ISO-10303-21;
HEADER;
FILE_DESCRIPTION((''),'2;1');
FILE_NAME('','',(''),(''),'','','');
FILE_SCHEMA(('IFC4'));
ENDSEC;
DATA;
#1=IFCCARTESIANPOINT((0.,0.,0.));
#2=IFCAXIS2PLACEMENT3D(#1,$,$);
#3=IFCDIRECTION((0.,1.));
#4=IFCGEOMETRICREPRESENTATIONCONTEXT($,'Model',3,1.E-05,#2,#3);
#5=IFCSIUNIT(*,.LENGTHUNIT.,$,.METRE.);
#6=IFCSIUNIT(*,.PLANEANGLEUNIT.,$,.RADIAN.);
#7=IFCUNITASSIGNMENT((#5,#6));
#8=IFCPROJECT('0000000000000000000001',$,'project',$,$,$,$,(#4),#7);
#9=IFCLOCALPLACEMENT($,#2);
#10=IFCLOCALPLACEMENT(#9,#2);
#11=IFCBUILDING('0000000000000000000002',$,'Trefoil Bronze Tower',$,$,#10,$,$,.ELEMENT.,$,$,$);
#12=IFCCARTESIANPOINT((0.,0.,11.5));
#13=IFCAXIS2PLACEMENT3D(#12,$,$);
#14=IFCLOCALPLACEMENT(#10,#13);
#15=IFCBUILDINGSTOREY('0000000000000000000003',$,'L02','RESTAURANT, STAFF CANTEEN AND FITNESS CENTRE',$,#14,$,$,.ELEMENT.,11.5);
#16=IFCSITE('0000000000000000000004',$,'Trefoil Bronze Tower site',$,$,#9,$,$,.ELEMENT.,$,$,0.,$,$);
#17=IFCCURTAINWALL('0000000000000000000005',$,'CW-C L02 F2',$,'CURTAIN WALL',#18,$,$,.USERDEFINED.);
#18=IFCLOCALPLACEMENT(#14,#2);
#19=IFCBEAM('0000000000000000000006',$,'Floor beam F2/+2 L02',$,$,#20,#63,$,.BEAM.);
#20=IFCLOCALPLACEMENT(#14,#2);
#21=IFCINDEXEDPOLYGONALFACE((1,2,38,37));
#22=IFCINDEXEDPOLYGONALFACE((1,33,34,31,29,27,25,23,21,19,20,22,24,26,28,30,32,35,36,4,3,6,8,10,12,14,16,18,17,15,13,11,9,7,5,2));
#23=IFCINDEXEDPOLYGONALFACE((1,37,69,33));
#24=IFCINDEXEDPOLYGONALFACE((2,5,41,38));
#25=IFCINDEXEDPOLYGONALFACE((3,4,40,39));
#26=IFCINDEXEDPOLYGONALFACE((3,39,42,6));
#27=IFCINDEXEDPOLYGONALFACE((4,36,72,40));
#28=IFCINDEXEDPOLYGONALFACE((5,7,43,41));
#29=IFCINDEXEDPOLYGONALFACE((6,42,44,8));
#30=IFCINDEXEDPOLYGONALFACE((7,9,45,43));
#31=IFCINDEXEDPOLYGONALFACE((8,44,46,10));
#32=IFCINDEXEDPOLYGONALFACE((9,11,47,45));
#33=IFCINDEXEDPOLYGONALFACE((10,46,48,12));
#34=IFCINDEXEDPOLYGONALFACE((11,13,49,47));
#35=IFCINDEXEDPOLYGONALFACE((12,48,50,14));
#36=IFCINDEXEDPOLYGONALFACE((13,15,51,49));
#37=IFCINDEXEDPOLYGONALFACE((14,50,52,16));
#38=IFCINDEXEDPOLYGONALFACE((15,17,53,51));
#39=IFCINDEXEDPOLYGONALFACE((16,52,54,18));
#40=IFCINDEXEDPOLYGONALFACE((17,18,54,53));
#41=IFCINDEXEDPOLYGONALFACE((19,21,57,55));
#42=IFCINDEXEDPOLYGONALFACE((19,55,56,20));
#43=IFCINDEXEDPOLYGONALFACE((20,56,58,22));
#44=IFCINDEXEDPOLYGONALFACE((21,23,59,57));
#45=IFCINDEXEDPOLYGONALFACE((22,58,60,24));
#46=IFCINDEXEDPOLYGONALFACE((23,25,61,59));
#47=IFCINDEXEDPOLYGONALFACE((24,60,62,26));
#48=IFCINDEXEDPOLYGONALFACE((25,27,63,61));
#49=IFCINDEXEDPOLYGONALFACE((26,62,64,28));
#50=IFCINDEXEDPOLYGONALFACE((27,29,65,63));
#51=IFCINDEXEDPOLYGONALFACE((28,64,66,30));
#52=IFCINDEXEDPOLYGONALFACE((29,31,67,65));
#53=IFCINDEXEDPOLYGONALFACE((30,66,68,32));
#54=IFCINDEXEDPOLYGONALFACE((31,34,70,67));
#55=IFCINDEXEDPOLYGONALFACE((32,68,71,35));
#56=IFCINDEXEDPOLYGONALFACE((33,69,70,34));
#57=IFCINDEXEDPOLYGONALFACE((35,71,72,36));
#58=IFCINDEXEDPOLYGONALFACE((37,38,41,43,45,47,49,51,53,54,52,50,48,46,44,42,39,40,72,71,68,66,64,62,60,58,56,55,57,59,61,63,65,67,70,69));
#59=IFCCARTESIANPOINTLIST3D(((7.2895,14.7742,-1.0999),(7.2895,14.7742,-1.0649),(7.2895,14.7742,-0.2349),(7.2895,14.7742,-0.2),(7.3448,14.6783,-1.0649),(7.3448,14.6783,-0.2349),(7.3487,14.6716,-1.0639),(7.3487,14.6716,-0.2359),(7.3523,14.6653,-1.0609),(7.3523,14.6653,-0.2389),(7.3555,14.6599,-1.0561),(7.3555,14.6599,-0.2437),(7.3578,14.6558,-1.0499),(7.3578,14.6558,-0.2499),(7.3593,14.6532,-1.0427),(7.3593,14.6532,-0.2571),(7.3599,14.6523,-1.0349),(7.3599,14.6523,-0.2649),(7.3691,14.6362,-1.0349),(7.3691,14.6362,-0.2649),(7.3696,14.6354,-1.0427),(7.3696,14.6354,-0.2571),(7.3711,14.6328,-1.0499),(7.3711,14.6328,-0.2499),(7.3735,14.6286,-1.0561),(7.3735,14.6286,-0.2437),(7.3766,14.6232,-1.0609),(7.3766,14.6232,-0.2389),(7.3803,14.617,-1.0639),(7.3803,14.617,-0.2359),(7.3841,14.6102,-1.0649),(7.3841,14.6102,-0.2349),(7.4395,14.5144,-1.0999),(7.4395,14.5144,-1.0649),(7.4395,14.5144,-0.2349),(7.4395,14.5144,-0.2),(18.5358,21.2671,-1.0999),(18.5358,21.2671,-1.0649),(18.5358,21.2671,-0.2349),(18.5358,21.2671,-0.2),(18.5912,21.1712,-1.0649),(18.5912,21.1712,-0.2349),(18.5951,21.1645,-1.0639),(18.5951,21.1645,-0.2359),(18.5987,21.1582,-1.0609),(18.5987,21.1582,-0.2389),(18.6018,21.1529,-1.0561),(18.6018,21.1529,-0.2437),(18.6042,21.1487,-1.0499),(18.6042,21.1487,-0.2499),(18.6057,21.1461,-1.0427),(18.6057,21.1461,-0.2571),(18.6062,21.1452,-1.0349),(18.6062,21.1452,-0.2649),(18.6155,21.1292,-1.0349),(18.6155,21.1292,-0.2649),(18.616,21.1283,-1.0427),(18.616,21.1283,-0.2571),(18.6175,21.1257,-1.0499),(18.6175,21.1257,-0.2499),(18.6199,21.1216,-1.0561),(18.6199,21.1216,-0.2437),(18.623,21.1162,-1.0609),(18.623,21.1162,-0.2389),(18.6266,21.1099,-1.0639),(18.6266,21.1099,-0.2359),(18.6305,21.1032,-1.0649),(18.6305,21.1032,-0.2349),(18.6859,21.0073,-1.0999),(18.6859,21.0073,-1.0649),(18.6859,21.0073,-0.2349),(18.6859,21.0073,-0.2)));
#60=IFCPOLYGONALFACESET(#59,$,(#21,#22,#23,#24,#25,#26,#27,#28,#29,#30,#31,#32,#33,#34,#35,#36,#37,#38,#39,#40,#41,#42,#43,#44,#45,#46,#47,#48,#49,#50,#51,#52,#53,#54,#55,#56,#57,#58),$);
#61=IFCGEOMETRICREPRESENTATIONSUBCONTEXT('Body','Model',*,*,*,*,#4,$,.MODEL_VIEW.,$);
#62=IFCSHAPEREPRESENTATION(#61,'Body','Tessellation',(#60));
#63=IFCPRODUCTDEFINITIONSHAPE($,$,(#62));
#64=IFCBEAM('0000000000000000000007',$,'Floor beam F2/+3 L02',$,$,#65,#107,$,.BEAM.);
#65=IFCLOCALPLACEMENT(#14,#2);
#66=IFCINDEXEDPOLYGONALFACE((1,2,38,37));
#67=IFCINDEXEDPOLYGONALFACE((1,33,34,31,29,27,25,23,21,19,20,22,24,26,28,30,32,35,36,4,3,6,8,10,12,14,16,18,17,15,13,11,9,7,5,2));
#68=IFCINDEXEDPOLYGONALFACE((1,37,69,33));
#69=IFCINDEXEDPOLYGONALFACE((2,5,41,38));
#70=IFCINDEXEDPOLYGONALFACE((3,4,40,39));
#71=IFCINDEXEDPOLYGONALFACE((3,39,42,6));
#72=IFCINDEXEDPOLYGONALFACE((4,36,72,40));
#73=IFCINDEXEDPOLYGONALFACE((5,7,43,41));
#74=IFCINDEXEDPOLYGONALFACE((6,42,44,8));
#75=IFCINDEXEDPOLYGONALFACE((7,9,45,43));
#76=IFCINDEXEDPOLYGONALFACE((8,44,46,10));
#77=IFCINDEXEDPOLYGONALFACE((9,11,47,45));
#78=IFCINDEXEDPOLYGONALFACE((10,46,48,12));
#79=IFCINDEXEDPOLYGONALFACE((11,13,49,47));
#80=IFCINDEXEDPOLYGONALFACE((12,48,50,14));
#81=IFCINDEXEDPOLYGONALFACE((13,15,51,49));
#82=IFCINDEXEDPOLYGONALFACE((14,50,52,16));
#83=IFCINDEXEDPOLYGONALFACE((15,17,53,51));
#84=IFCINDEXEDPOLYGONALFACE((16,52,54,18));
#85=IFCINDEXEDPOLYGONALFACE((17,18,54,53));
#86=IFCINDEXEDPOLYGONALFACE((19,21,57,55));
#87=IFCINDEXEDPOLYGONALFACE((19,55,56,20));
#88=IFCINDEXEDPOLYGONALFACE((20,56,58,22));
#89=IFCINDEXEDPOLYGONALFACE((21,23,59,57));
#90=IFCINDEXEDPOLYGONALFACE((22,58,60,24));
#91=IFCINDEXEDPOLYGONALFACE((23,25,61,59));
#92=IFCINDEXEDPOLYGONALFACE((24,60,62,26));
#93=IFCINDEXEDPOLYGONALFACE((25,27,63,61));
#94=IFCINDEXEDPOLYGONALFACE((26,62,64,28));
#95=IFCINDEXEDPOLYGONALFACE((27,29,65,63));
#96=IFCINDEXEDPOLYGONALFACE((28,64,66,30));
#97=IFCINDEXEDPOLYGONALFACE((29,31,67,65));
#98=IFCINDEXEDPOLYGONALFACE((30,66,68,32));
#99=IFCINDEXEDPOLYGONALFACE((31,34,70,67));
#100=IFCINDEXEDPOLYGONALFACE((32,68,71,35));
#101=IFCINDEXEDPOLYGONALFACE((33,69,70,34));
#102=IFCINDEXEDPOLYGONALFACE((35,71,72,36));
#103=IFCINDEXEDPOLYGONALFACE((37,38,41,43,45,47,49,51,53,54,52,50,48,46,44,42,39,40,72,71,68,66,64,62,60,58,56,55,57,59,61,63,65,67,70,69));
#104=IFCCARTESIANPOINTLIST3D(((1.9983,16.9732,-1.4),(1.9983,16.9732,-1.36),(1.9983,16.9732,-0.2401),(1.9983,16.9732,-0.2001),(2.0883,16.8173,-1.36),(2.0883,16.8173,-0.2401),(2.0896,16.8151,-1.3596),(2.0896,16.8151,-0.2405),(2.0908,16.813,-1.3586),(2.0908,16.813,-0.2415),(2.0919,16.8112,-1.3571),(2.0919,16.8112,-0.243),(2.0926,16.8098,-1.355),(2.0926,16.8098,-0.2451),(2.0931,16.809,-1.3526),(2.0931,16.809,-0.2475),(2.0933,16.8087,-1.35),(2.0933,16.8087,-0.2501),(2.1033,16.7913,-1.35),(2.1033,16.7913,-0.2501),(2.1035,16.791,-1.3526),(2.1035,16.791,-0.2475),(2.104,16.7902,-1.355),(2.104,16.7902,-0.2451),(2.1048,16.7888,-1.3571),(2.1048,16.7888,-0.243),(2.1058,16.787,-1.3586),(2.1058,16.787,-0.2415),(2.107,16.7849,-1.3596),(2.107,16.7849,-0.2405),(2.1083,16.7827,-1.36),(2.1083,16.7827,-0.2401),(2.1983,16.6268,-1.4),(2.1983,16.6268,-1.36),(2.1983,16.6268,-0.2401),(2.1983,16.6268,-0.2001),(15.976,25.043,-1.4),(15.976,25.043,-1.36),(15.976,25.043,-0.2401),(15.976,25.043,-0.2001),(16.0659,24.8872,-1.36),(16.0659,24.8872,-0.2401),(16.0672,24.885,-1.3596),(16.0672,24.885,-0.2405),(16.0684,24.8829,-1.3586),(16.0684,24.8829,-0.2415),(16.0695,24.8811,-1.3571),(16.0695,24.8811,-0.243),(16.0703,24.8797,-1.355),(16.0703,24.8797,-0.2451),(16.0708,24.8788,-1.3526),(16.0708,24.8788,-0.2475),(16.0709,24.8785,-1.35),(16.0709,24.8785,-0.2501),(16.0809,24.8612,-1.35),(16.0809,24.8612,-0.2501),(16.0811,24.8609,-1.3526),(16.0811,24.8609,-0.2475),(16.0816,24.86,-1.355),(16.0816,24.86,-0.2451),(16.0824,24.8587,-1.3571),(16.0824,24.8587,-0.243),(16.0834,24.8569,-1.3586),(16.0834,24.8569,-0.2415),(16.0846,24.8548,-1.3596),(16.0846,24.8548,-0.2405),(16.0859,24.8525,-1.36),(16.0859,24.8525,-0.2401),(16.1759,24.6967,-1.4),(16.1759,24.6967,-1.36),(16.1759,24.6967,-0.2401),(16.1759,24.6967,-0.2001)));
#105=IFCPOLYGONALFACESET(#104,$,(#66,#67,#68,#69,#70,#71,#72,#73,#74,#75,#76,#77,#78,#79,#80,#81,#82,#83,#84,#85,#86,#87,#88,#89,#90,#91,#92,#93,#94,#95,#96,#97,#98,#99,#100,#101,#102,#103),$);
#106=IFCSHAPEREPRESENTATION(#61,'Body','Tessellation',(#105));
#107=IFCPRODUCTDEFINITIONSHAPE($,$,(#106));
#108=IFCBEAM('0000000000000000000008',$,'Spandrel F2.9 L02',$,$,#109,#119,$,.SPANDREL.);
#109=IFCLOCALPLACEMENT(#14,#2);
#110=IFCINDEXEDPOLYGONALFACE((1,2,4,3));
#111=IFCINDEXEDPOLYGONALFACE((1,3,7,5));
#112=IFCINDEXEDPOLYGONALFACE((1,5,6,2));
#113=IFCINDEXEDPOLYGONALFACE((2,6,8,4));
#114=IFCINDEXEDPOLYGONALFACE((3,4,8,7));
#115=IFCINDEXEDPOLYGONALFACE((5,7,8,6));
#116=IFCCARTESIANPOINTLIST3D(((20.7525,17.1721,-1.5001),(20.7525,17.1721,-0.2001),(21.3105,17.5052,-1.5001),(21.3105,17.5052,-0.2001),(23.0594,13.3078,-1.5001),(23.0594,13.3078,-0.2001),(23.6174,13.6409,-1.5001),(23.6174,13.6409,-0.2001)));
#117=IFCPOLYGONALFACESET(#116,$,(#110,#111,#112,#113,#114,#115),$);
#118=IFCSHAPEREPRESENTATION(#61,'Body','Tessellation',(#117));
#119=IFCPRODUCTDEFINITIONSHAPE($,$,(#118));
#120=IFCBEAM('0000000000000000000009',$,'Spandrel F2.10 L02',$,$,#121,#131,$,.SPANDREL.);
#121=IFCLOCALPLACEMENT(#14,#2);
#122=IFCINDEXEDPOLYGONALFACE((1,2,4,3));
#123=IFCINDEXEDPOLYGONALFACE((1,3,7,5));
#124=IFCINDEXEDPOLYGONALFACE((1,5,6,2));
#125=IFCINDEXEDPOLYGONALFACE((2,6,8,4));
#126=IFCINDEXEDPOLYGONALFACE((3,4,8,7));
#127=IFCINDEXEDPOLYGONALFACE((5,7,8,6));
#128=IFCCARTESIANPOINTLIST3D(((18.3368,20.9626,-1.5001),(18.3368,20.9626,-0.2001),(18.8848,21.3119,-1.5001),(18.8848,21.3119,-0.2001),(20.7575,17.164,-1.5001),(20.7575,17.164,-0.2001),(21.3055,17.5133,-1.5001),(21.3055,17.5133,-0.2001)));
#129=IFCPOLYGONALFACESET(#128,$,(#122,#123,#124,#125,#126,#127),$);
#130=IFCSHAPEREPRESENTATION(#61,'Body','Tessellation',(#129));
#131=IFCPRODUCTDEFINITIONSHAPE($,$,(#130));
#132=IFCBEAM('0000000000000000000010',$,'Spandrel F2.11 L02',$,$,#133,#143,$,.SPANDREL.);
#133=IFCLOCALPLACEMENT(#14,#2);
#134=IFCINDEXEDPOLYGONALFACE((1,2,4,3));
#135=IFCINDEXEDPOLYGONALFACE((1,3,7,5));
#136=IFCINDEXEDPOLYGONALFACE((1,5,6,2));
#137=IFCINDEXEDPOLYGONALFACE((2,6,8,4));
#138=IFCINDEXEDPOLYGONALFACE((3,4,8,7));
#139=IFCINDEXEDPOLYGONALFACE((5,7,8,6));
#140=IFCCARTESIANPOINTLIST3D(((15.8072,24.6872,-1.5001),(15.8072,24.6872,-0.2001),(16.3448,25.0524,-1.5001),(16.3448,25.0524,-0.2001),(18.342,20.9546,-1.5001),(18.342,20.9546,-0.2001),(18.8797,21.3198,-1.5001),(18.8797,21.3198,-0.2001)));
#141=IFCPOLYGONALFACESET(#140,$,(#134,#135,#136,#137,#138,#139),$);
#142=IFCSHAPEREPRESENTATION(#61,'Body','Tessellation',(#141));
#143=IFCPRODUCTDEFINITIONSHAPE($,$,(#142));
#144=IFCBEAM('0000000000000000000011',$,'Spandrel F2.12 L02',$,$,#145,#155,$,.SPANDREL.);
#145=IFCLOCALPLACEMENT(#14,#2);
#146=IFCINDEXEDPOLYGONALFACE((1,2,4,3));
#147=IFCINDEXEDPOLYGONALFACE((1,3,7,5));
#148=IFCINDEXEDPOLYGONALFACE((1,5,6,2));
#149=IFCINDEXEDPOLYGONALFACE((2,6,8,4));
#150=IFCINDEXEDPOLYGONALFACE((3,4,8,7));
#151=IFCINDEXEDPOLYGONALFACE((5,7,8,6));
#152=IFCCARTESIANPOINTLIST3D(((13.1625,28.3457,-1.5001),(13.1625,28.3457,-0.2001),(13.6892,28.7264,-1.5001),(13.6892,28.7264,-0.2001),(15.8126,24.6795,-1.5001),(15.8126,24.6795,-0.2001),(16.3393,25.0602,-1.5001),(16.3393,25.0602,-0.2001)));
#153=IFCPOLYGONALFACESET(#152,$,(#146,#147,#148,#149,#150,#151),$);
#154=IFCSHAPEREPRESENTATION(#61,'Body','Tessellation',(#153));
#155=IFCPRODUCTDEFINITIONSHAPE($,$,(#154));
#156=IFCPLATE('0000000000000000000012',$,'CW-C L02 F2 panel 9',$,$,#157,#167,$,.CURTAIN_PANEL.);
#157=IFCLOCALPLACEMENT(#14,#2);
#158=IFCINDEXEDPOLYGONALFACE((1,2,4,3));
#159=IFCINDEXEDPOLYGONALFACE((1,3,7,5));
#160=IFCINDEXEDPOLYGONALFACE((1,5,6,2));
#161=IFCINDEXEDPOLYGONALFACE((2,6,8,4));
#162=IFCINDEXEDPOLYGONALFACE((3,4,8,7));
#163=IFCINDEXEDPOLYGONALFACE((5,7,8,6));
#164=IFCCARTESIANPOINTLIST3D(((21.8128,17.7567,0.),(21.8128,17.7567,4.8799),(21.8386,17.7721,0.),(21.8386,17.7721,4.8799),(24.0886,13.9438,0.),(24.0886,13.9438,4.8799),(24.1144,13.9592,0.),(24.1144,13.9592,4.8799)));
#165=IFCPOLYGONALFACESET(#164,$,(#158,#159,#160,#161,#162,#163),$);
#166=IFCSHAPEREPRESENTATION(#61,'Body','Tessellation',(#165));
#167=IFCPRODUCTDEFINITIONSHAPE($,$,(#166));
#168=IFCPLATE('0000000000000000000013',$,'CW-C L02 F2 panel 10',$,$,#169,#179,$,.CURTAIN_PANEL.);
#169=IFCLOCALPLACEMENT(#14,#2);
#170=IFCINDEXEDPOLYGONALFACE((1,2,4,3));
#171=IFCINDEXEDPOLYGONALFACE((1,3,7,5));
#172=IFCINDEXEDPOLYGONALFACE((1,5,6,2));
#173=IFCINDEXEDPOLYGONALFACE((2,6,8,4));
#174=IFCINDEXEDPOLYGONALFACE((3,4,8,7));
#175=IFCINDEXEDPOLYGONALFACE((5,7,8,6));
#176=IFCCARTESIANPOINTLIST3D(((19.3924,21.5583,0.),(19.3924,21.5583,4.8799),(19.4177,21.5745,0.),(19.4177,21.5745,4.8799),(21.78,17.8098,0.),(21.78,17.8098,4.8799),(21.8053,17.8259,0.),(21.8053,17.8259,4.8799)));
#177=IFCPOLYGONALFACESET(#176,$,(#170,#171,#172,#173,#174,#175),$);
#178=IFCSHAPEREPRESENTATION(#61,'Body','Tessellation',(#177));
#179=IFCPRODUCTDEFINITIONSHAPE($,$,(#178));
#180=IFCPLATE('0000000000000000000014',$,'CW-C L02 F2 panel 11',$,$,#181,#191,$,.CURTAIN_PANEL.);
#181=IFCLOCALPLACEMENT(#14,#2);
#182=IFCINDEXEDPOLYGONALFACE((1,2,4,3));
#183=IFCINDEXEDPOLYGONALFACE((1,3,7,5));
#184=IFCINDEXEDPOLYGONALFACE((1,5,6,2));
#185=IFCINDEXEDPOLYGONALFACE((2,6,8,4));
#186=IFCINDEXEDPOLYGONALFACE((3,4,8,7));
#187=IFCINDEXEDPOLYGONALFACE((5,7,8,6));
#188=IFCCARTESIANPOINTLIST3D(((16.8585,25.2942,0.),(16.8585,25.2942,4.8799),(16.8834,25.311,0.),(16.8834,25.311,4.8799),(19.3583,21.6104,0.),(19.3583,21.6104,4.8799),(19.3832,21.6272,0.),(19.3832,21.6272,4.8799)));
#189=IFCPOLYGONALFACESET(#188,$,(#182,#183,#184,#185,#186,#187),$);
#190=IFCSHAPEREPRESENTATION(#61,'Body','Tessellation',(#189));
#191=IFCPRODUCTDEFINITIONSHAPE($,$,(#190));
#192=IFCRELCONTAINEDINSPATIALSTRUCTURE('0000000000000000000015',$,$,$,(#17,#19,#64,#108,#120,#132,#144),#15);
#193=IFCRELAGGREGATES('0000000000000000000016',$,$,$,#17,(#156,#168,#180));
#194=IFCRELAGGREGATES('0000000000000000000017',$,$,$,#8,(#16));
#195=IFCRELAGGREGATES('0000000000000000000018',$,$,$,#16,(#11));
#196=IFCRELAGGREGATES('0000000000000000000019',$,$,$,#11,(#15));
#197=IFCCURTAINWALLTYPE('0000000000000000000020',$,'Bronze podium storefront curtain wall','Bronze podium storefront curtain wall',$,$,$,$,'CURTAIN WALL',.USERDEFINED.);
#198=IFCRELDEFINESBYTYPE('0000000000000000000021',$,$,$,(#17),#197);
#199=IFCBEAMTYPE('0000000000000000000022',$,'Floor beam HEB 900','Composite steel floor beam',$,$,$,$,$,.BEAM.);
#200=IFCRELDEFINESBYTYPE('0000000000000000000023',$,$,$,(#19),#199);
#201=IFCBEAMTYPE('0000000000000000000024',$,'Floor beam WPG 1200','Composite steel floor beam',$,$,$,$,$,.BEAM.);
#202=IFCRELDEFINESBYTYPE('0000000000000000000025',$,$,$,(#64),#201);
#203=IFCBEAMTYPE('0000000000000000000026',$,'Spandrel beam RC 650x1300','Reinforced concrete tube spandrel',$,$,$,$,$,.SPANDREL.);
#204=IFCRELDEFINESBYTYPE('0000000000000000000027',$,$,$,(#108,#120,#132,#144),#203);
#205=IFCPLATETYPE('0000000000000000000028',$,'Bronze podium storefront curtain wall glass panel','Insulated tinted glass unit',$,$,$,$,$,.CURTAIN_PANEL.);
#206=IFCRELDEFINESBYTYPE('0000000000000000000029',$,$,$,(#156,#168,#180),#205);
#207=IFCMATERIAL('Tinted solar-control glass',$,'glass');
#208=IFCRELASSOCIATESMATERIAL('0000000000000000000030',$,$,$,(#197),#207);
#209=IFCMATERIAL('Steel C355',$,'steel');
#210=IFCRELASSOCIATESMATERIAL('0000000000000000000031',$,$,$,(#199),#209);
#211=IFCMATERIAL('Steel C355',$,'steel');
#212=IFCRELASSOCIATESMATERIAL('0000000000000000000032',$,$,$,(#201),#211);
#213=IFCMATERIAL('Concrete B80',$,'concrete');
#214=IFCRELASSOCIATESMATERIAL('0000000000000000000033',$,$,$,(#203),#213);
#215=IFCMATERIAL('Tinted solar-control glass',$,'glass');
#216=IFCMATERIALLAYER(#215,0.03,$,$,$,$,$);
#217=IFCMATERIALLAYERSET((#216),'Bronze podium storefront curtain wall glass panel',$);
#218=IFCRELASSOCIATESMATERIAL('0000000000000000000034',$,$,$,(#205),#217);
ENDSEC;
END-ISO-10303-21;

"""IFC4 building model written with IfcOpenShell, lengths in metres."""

from ifc_helpers import new_model, si_unit, direction, frame, origin, origin_2d, place, context, subcontext, project, spatial, rectangle, i_section, extrude, material, layer, layer_set, material_profile, profile_set, type_object, element, aggregate, save


model = new_model("IFC4")

# Units and contexts
model_context = context("Model", 3, precision=1e-05, world=origin(), true_north=direction((0.0, 1.0)))
body_context = subcontext(model_context, "Body", "Model", "MODEL_VIEW")
ifc_project = project(units=[si_unit("LENGTHUNIT", "METRE"), si_unit("PLANEANGLEUNIT", "RADIAN")], contexts=[model_context])

# Site, building, storey
site_placement = place(None, origin())
site = spatial("IfcSite", under=ifc_project, at=site_placement, Name="Trefoil Bronze Tower site", CompositionType="ELEMENT", RefElevation=0.0)
building_placement = place(site_placement, origin())
building = spatial("IfcBuilding", under=site, at=building_placement, Name="Trefoil Bronze Tower", CompositionType="ELEMENT")
storey_placement = place(building_placement, frame((0.0, 0.0, 11.5)))
storey = spatial("IfcBuildingStorey", under=building, at=storey_placement, Name="L02", Description="RESTAURANT, STAFF CANTEEN AND FITNESS CENTRE", CompositionType="ELEMENT", Elevation=11.5)

# Curtain wall
ifc_material_1 = material(Name="Tinted solar-control glass", Category="glass")
curtain_wall_type = type_object("IfcCurtainWallType", Name="Bronze podium storefront curtain wall", Description="Bronze podium storefront curtain wall", ElementType="CURTAIN WALL", PredefinedType="USERDEFINED", material=ifc_material_1)
curtain_wall_placement = place(storey_placement, origin())
curtain_wall = element("IfcCurtainWall", 1, at=curtain_wall_placement, inside=storey, type_object=curtain_wall_type, Name="CW-C L02 F2", ObjectType="CURTAIN WALL", PredefinedType="USERDEFINED")

# Beams
ifc_material_2 = material(Name="Steel C355", Category="steel")
ifc_material_profile_1 = material_profile(ifc_material_2, i_section(OverallWidth=0.3, OverallDepth=0.8999, WebThickness=0.0186, FlangeThickness=0.0349, FilletRadius=0.03, at=origin_2d()), Name="HEB 900")
ifc_profile_set_1 = profile_set([ifc_material_profile_1], Name="Steel C355")
beam_type_1 = type_object("IfcBeamType", Name="Floor beam HEB 900", Description="Composite steel floor beam", PredefinedType="BEAM", material=ifc_profile_set_1)
beam_1_placement = place(storey_placement, frame((18.6108, 21.1372, -0.6499), z_axis=(-0.866031, -0.499991, 0.0), x_axis=(0.499991, -0.866031, 0.0)))
element("IfcBeam", 2, at=beam_1_placement, inside=storey, type_object=beam_type_1, Name="Floor beam F2/+2 L02", PredefinedType="BEAM", context=body_context, shape_type="SweptSolid", body=[
    extrude(i_section(OverallWidth=0.3, OverallDepth=0.8999, WebThickness=0.0186, FlangeThickness=0.0349, FilletRadius=0.03, at=origin_2d()), origin(), (0.0, 0.0, 1.0), 12.9861),
])
ifc_material_3 = material(Name="Steel C355", Category="steel")
ifc_material_profile_2 = material_profile(ifc_material_3, i_section(OverallWidth=0.3999, OverallDepth=1.2, WebThickness=0.02, FlangeThickness=0.04, FilletRadius=0.01, at=origin_2d()), Name="WPG 1200")
ifc_profile_set_2 = profile_set([ifc_material_profile_2], Name="Steel C355")
beam_type_2 = type_object("IfcBeamType", Name="Floor beam WPG 1200", Description="Composite steel floor beam", PredefinedType="BEAM", material=ifc_profile_set_2)
beam_2_placement = place(storey_placement, frame((16.0759, 24.8699, -0.8), z_axis=(-0.866028, -0.499995, 0.0), x_axis=(0.499995, -0.866028, 0.0)))
element("IfcBeam", 3, at=beam_2_placement, inside=storey, type_object=beam_type_2, Name="Floor beam F2/+3 L02", PredefinedType="BEAM", context=body_context, shape_type="SweptSolid", body=[
    extrude(i_section(OverallWidth=0.3999, OverallDepth=1.2, WebThickness=0.02, FlangeThickness=0.04, FilletRadius=0.01, at=origin_2d()), origin(), (0.0, 0.0, 1.0), 16.1399),
])
ifc_material_4 = material(Name="Concrete B80", Category="concrete")
ifc_material_profile_3 = material_profile(ifc_material_4, rectangle(XDim=0.6499, YDim=1.3, at=origin_2d()), Name="RC 650x1300")
ifc_profile_set_3 = profile_set([ifc_material_profile_3], Name="Concrete B80")
beam_type_3 = type_object("IfcBeamType", Name="Spandrel beam RC 650x1300", Description="Reinforced concrete tube spandrel", PredefinedType="SPANDREL", material=ifc_profile_set_3)
beam_3_placement = place(storey_placement, frame((23.3384, 13.4744, -0.8501), z_axis=(-0.512588, 0.858635, 0.0), x_axis=(-0.858635, -0.512588, 0.0)))
element("IfcBeam", 4, at=beam_3_placement, inside=storey, type_object=beam_type_3, Name="Spandrel F2.9 L02", PredefinedType="SPANDREL", context=body_context, shape_type="SweptSolid", body=[
    extrude(rectangle(XDim=0.6499, YDim=1.3, at=origin_2d()), origin(), (0.0, 0.0, 1.0), 4.5005),
])
beam_4_placement = place(storey_placement, frame((21.0315, 17.3386, -0.8501), z_axis=(-0.537408, 0.843322, 0.0), x_axis=(-0.843322, -0.537408, 0.0)))
element("IfcBeam", 5, at=beam_4_placement, inside=storey, type_object=beam_type_3, Name="Spandrel F2.10 L02", PredefinedType="SPANDREL", context=body_context, shape_type="SweptSolid", body=[
    extrude(rectangle(XDim=0.6499, YDim=1.3, at=origin_2d()), origin(), (0.0, 0.0, 1.0), 4.5044),
])
beam_5_placement = place(storey_placement, frame((18.6108, 21.1372, -0.8501), z_axis=(-0.56181, 0.827267, 0.0), x_axis=(-0.827267, -0.56181, 0.0)))
element("IfcBeam", 6, at=beam_5_placement, inside=storey, type_object=beam_type_3, Name="Spandrel F2.11 L02", PredefinedType="SPANDREL", context=body_context, shape_type="SweptSolid", body=[
    extrude(rectangle(XDim=0.6499, YDim=1.3, at=origin_2d()), origin(), (0.0, 0.0, 1.0), 4.512),
])
beam_6_placement = place(storey_placement, frame((16.0759, 24.8699, -0.8501), z_axis=(-0.585824, 0.810439, 0.0), x_axis=(-0.810439, -0.585824, 0.0)))
element("IfcBeam", 7, at=beam_6_placement, inside=storey, type_object=beam_type_3, Name="Spandrel F2.12 L02", PredefinedType="SPANDREL", context=body_context, shape_type="SweptSolid", body=[
    extrude(rectangle(XDim=0.6499, YDim=1.3, at=origin_2d()), origin(), (0.0, 0.0, 1.0), 4.5237),
])

# Plates
ifc_material_5 = material(Name="Tinted solar-control glass", Category="glass")
ifc_layer_1 = layer(ifc_material_5, 0.03)
ifc_layer_set_1 = layer_set([ifc_layer_1], Name="Bronze podium storefront curtain wall glass panel")
plate_type = type_object("IfcPlateType", Name="Bronze podium storefront curtain wall glass panel", Description="Insulated tinted glass unit", PredefinedType="CURTAIN_PANEL", material=ifc_layer_set_1)
plate_1_placement = place(storey_placement, frame((22.9636, 15.8579, 0.0), z_axis=(0.0, 0.0, 1.0), x_axis=(-0.512513, 0.85868, 0.0)))
plate_1 = element("IfcPlate", 8, at=plate_1_placement, type_object=plate_type, Name="CW-C L02 F2 panel 9", PredefinedType="CURTAIN_PANEL", context=body_context, shape_type="SweptSolid", body=[
    extrude(rectangle(XDim=4.4404, YDim=0.03, at=origin_2d()), origin(), (0.0, 0.0, 1.0), 4.8799),
])
plate_2_placement = place(storey_placement, frame((20.5989, 19.6921, 0.0), z_axis=(0.0, 0.0, 1.0), x_axis=(-0.537222, 0.843441, 0.0)))
plate_2 = element("IfcPlate", 9, at=plate_2_placement, type_object=plate_type, Name="CW-C L02 F2 panel 10", PredefinedType="CURTAIN_PANEL", context=body_context, shape_type="SweptSolid", body=[
    extrude(rectangle(XDim=4.4443, YDim=0.03, at=origin_2d()), origin(), (0.0, 0.0, 1.0), 4.8799),
])
plate_3_placement = place(storey_placement, frame((18.1208, 23.4607, 0.0), z_axis=(0.0, 0.0, 1.0), x_axis=(-0.56151, 0.82747, 0.0)))
plate_3 = element("IfcPlate", 10, at=plate_3_placement, type_object=plate_type, Name="CW-C L02 F2 panel 11", PredefinedType="CURTAIN_PANEL", context=body_context, shape_type="SweptSolid", body=[
    extrude(rectangle(XDim=4.4519, YDim=0.03, at=origin_2d()), origin(), (0.0, 0.0, 1.0), 4.8799),
])
aggregate(curtain_wall, [plate_1, plate_2, plate_3])

save(model, "model.ifc")
